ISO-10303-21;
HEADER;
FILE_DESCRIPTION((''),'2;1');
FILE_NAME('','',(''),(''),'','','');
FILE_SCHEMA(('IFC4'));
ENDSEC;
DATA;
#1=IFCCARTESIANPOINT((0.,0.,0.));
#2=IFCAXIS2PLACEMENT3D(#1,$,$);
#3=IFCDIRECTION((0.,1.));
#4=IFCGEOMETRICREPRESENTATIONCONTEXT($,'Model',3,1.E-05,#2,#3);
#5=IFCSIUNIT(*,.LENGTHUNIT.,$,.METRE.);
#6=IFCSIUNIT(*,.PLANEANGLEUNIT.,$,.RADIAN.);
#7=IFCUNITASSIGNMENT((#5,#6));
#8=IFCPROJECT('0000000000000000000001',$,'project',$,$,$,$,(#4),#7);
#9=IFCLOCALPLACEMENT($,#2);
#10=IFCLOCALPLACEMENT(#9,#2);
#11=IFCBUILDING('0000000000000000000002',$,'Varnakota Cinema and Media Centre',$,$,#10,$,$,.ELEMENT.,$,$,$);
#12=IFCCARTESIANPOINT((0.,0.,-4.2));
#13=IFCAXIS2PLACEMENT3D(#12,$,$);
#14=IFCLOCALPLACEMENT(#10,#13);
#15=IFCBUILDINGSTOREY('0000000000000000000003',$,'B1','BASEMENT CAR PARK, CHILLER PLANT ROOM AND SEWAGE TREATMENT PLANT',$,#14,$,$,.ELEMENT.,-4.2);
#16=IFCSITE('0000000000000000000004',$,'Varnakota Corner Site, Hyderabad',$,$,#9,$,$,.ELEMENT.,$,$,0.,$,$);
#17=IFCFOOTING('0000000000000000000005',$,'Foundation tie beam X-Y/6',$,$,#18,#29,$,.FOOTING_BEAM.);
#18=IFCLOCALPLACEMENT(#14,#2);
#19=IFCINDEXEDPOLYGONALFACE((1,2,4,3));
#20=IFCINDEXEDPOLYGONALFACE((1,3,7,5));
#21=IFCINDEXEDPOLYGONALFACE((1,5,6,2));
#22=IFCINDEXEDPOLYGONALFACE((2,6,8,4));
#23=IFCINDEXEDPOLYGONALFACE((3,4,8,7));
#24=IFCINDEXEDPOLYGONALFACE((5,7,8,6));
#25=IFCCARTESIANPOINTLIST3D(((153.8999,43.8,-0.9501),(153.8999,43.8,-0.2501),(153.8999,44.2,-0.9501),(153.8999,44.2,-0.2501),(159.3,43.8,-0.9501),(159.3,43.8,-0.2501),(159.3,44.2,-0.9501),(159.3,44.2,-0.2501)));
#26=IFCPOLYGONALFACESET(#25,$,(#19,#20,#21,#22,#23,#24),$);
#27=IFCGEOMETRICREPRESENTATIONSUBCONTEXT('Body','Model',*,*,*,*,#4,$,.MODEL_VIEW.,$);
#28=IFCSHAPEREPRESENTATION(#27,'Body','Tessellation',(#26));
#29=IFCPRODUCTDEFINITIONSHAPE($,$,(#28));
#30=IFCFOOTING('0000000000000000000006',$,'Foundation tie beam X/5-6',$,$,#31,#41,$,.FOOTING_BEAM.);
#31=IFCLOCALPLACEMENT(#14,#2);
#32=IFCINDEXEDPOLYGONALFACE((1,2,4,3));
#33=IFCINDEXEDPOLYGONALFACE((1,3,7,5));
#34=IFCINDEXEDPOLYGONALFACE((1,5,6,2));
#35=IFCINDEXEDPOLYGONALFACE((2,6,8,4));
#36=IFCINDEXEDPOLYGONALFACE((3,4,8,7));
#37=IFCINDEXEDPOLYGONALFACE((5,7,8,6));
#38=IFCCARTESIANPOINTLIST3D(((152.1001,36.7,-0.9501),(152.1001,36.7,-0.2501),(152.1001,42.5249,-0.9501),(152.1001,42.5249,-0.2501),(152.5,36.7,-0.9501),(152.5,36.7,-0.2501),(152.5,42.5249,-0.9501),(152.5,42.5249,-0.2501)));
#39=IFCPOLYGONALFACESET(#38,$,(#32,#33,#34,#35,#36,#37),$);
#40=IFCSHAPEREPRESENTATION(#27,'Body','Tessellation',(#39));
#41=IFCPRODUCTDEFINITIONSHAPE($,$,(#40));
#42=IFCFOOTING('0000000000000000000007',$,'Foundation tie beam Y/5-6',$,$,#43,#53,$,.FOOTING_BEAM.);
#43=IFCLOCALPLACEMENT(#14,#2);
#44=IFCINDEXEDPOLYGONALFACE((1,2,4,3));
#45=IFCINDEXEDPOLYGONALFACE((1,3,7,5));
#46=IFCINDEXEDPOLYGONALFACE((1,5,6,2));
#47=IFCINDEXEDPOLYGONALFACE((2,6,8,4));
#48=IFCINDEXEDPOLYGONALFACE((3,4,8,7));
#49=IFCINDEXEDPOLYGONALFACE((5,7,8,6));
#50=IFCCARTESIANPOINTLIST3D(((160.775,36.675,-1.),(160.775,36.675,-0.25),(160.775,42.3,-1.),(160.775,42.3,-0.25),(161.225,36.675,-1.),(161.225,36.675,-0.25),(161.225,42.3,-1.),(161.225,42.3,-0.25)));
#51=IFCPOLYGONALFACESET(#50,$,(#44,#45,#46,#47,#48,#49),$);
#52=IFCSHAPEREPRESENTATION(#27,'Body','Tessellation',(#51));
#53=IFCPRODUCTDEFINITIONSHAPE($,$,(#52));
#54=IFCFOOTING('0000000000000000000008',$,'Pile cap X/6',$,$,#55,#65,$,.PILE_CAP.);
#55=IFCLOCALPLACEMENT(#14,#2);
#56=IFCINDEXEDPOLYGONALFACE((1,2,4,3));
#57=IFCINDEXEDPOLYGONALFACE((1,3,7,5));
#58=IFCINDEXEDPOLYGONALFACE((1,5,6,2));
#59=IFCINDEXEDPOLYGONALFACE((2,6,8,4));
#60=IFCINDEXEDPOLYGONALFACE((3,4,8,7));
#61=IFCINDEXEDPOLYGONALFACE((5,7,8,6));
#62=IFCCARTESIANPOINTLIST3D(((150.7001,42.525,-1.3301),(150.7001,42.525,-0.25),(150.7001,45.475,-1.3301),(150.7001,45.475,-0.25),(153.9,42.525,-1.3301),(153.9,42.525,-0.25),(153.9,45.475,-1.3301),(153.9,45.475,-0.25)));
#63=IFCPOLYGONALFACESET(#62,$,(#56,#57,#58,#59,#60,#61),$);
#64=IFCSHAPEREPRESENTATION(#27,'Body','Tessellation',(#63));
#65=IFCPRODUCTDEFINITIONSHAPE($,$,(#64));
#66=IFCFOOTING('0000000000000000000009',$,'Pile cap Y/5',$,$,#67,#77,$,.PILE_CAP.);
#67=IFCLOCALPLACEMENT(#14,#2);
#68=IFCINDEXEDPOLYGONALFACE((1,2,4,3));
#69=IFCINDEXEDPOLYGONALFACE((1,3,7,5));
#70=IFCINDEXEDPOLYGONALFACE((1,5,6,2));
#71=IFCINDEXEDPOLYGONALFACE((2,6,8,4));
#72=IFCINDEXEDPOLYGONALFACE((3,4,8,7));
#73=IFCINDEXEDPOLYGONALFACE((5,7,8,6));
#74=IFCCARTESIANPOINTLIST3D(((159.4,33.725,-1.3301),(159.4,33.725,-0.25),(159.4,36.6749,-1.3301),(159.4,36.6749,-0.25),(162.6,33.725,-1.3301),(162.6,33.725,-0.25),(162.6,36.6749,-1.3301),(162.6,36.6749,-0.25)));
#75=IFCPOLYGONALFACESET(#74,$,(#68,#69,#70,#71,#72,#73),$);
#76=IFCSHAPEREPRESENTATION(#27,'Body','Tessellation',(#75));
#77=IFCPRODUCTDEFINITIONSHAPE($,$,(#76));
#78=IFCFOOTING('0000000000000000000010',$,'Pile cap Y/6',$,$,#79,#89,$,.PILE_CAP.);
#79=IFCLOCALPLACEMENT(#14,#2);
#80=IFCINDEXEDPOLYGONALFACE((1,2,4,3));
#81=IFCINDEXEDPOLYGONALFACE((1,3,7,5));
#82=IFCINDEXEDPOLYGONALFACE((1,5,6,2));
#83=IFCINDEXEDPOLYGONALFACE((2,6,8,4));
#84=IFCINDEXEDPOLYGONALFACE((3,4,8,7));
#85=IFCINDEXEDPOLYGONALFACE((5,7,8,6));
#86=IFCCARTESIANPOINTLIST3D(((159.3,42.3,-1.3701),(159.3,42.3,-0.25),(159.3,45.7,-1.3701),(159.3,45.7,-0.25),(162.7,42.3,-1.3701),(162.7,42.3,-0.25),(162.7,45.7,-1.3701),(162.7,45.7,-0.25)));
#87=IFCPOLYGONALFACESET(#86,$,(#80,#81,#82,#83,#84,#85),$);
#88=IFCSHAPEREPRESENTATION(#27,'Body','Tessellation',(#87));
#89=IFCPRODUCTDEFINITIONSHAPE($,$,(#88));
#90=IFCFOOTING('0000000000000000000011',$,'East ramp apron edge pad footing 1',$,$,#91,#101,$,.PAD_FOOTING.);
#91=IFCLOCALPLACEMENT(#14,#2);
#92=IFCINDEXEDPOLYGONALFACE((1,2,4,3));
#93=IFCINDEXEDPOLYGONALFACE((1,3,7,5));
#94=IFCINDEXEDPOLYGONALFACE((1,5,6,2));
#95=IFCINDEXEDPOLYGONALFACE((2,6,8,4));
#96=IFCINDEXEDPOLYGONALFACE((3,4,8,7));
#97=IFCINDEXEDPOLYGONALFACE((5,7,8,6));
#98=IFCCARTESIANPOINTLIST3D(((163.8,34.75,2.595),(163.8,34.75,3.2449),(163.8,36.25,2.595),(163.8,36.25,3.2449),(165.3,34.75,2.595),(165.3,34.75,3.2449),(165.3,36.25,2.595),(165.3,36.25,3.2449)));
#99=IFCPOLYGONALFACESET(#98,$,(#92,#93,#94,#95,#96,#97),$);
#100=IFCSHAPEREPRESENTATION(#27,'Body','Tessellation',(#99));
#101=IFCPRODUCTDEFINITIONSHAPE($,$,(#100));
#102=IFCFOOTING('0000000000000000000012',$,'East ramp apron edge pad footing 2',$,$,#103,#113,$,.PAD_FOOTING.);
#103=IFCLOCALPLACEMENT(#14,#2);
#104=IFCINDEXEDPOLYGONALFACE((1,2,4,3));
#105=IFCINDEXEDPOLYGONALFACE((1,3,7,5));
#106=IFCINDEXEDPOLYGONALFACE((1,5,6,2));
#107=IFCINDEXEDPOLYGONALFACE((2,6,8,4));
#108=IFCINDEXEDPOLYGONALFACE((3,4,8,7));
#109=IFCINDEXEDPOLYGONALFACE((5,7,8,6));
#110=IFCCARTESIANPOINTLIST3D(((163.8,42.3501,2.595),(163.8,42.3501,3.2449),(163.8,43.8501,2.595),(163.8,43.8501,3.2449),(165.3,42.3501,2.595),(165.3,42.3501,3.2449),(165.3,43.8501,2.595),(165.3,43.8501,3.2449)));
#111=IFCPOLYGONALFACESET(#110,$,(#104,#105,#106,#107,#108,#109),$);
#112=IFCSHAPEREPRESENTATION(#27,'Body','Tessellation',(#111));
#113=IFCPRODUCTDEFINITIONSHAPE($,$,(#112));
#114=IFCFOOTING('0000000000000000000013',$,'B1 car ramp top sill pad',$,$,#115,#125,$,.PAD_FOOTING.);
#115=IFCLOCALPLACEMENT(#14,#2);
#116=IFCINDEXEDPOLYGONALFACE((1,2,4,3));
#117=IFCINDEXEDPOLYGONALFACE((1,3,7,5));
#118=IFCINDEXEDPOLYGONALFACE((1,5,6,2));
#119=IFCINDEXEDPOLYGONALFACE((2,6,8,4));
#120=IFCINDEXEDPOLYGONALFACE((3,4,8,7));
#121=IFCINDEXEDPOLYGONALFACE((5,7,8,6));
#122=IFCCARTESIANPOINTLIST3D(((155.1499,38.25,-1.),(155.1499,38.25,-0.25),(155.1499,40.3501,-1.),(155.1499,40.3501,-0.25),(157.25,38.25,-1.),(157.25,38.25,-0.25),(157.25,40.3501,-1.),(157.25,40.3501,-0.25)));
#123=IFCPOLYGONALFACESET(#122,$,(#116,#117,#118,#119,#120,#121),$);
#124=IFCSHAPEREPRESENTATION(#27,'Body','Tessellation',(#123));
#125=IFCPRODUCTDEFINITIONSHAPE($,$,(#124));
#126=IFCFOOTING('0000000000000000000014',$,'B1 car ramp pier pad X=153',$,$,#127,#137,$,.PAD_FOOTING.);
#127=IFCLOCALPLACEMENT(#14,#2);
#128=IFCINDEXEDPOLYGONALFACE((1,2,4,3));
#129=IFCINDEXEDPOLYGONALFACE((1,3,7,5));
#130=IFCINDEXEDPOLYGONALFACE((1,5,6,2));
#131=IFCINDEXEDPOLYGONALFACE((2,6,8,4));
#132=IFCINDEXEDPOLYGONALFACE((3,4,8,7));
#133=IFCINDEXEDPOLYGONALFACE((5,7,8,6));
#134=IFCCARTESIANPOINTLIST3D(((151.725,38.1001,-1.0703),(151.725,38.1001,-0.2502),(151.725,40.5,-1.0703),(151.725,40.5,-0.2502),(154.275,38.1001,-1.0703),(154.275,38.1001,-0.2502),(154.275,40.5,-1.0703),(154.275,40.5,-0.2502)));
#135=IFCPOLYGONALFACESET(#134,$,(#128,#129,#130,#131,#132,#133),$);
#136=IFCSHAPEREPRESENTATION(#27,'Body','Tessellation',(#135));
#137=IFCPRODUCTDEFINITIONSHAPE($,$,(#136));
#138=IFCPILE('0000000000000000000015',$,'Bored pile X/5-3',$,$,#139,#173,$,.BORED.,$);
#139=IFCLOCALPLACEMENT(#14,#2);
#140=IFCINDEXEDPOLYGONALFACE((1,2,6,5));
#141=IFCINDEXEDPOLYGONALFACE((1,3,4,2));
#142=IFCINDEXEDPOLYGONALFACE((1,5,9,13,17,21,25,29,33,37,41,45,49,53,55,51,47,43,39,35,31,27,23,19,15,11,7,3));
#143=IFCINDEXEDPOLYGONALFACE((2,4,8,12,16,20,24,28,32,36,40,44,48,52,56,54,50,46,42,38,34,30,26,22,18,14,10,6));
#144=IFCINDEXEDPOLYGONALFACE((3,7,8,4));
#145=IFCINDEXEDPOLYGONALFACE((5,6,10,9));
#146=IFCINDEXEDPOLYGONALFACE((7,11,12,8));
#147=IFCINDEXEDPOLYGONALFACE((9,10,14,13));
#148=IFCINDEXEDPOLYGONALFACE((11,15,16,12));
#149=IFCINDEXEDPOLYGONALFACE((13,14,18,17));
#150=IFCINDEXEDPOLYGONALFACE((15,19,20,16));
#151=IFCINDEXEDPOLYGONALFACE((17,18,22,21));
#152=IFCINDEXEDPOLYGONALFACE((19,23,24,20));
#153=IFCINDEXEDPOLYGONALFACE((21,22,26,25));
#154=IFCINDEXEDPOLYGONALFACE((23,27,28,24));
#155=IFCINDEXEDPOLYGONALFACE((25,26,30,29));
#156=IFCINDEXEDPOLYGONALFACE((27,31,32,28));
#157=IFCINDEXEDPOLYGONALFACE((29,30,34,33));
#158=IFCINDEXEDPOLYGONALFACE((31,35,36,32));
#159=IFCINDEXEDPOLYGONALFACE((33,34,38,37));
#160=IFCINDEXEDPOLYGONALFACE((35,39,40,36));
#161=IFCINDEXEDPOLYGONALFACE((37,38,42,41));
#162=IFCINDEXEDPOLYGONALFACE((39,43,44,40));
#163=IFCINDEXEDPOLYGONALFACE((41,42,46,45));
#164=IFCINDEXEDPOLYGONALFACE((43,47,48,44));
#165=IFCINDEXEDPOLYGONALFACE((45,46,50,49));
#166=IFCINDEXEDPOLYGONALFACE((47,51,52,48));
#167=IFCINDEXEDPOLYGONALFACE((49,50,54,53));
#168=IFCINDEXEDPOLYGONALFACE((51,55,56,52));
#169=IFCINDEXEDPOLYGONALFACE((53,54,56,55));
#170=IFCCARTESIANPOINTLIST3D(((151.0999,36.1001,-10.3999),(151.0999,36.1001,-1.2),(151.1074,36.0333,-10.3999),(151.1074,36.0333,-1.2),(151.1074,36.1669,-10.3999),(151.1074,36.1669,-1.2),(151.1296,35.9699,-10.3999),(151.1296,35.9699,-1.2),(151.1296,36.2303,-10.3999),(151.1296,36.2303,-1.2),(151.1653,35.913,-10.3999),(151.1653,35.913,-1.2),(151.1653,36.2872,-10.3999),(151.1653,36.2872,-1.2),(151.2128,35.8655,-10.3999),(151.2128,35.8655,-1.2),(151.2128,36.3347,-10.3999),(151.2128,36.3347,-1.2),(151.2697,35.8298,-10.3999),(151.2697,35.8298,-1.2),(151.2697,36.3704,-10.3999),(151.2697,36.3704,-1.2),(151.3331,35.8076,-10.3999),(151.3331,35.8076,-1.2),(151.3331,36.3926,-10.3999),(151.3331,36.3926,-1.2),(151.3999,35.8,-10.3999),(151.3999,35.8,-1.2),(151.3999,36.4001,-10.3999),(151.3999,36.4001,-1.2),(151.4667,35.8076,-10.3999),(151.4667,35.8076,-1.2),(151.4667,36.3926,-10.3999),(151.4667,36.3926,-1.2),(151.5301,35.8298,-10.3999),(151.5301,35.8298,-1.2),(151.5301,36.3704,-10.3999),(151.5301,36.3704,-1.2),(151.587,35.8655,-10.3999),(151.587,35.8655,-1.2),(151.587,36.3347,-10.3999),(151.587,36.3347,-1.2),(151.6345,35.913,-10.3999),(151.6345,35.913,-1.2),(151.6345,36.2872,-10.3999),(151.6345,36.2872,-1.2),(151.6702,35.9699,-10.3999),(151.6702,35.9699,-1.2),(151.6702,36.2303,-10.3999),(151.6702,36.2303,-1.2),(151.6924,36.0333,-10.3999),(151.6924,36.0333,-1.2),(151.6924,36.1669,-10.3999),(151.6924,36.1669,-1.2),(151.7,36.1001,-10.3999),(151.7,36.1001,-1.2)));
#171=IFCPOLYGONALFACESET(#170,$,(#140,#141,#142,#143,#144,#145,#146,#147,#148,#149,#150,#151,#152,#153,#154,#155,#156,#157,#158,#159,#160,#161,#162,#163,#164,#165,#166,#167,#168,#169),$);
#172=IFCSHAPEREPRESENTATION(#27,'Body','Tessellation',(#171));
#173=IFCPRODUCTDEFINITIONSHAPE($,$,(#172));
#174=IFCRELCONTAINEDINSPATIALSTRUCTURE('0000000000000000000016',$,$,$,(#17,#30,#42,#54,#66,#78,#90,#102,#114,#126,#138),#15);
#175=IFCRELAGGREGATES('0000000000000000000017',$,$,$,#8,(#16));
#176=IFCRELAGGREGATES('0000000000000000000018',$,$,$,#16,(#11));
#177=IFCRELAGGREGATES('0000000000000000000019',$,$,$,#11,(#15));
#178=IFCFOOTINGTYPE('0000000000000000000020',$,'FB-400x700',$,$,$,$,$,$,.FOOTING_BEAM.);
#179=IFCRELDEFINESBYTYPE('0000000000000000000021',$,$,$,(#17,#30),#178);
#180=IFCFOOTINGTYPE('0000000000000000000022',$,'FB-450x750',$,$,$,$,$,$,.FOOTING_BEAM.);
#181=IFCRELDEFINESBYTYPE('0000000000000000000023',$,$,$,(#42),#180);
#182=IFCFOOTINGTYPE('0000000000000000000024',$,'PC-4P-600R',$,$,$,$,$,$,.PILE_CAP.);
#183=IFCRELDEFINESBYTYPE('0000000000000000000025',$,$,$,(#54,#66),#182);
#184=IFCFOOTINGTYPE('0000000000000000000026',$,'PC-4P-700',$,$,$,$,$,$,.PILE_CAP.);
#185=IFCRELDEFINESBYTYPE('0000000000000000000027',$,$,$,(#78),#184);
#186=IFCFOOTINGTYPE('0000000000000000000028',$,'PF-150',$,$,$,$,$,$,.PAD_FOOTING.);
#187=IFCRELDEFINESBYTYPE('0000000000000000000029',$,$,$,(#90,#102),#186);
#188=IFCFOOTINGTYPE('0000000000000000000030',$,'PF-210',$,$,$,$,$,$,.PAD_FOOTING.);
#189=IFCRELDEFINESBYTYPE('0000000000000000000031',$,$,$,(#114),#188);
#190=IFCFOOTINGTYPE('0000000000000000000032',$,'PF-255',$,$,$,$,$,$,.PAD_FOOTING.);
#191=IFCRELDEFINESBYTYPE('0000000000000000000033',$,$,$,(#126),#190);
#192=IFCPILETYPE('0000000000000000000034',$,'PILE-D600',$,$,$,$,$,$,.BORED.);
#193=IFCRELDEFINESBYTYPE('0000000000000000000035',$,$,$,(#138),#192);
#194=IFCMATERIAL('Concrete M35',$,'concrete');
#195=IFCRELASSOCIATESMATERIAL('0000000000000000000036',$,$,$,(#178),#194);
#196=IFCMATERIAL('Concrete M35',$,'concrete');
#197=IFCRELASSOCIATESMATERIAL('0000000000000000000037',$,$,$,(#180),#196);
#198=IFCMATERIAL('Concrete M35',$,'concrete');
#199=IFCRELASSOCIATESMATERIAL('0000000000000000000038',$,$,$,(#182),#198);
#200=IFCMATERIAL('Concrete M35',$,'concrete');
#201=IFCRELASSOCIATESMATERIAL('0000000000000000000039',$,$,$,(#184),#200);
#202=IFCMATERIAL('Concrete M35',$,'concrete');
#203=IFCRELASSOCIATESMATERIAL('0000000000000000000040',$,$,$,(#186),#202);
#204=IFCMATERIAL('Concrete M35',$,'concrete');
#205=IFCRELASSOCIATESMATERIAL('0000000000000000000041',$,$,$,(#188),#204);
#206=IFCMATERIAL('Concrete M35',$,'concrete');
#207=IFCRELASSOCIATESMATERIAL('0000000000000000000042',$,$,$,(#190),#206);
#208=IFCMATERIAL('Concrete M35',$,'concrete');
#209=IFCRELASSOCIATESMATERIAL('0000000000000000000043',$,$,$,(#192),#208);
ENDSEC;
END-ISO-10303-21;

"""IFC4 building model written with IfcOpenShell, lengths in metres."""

from ifc_helpers import new_model, si_unit, direction, frame, origin, origin_2d, place, context, subcontext, project, spatial, rectangle, circle, extrude, material, material_profile, profile_set, type_object, element, save


model = new_model("IFC4")

# Units and contexts
model_context = context("Model", 3, precision=1e-05, world=origin(), true_north=direction((0.0, 1.0)))
body_context = subcontext(model_context, "Body", "Model", "MODEL_VIEW")
ifc_project = project(units=[si_unit("LENGTHUNIT", "METRE"), si_unit("PLANEANGLEUNIT", "RADIAN")], contexts=[model_context])

# Site, building, storey
site_placement = place(None, origin())
site = spatial("IfcSite", under=ifc_project, at=site_placement, Name="Varnakota Corner Site, Hyderabad", CompositionType="ELEMENT", RefElevation=0.0)
building_placement = place(site_placement, origin())
building = spatial("IfcBuilding", under=site, at=building_placement, Name="Varnakota Cinema and Media Centre", CompositionType="ELEMENT")
storey_placement = place(building_placement, frame((0.0, 0.0, -4.2)))
storey = spatial("IfcBuildingStorey", under=building, at=storey_placement, Name="B1", Description="BASEMENT CAR PARK, CHILLER PLANT ROOM AND SEWAGE TREATMENT PLANT", CompositionType="ELEMENT", Elevation=-4.2)

# Footings
ifc_material_1 = material(Name="Concrete M35", Category="concrete")
ifc_material_profile_1 = material_profile(ifc_material_1, rectangle(XDim=0.3999, YDim=0.7, at=origin_2d()), Name="FB 400x700")
ifc_profile_set_1 = profile_set([ifc_material_profile_1], Name="Concrete M35")
footing_type_1 = type_object("IfcFootingType", Name="FB-400x700", PredefinedType="FOOTING_BEAM", material=ifc_profile_set_1)
footing_1_placement = place(storey_placement, frame((153.8999, 44.0, -0.6001), z_axis=(1.0, 0.0, 0.0), x_axis=(0.0, 1.0, 0.0)))
element("IfcFooting", 1, at=footing_1_placement, inside=storey, type_object=footing_type_1, Name="Foundation tie beam X-Y/6", PredefinedType="FOOTING_BEAM", context=body_context, shape_type="SweptSolid", body=[
    extrude(rectangle(XDim=0.3999, YDim=0.7, at=origin_2d()), origin(), (0.0, 0.0, 1.0), 5.4001),
])
footing_2_placement = place(storey_placement, frame((152.3, 36.7, -0.6001), z_axis=(0.0, 1.0, 0.0), x_axis=(-1.0, 0.0, 0.0)))
element("IfcFooting", 2, at=footing_2_placement, inside=storey, type_object=footing_type_1, Name="Foundation tie beam X/5-6", PredefinedType="FOOTING_BEAM", context=body_context, shape_type="SweptSolid", body=[
    extrude(rectangle(XDim=0.3999, YDim=0.7, at=origin_2d()), origin(), (0.0, 0.0, 1.0), 5.825),
])
ifc_material_2 = material(Name="Concrete M35", Category="concrete")
ifc_material_profile_2 = material_profile(ifc_material_2, rectangle(XDim=0.45, YDim=0.75, at=origin_2d()), Name="FB 450x750")
ifc_profile_set_2 = profile_set([ifc_material_profile_2], Name="Concrete M35")
footing_type_2 = type_object("IfcFootingType", Name="FB-450x750", PredefinedType="FOOTING_BEAM", material=ifc_profile_set_2)
footing_3_placement = place(storey_placement, frame((161.0, 36.675, -0.625), z_axis=(0.0, 1.0, 0.0), x_axis=(-1.0, 0.0, 0.0)))
element("IfcFooting", 3, at=footing_3_placement, inside=storey, type_object=footing_type_2, Name="Foundation tie beam Y/5-6", PredefinedType="FOOTING_BEAM", context=body_context, shape_type="SweptSolid", body=[
    extrude(rectangle(XDim=0.45, YDim=0.75, at=origin_2d()), origin(), (0.0, 0.0, 1.0), 5.625),
])
ifc_material_3 = material(Name="Concrete M35", Category="concrete")
footing_type_3 = type_object("IfcFootingType", Name="PC-4P-600R", PredefinedType="PILE_CAP", material=ifc_material_3)
for number, where, z_axis, x_axis, name in (
    (4, (152.3, 44.0, -1.3301), (0.0, 0.0, 1.0), (1.0, 0.0, 0.0), "Pile cap X/6"),
    (5, (161.0, 35.2, -1.3301), (0.0, 0.0, 1.0), (1.0, 0.0, 0.0), "Pile cap Y/5"),
):
    element("IfcFooting", number, at=place(storey_placement, frame(where, z_axis=z_axis, x_axis=x_axis)), inside=storey, type_object=footing_type_3, Name=name, PredefinedType="PILE_CAP", context=body_context, shape_type="SweptSolid", body=[
        extrude(rectangle(XDim=3.2, YDim=2.95, at=origin_2d()), origin(), (0.0, 0.0, 1.0), 1.0801),
    ])
ifc_material_4 = material(Name="Concrete M35", Category="concrete")
footing_type_4 = type_object("IfcFootingType", Name="PC-4P-700", PredefinedType="PILE_CAP", material=ifc_material_4)
footing_4_placement = place(storey_placement, frame((161.0, 44.0, -1.3701), z_axis=(0.0, 0.0, 1.0), x_axis=(1.0, 0.0, 0.0)))
element("IfcFooting", 6, at=footing_4_placement, inside=storey, type_object=footing_type_4, Name="Pile cap Y/6", PredefinedType="PILE_CAP", context=body_context, shape_type="SweptSolid", body=[
    extrude(rectangle(XDim=3.3999, YDim=3.3999, at=origin_2d()), origin(), (0.0, 0.0, 1.0), 1.1201),
])
ifc_material_5 = material(Name="Concrete M35", Category="concrete")
footing_type_5 = type_object("IfcFootingType", Name="PF-150", PredefinedType="PAD_FOOTING", material=ifc_material_5)
for number, where, z_axis, x_axis, name in (
    (7, (164.55, 35.5, 2.595), (0.0, 0.0, 1.0), (1.0, 0.0, 0.0), "East ramp apron edge pad footing 1"),
    (8, (164.55, 43.1001, 2.595), (0.0, 0.0, 1.0), (1.0, 0.0, 0.0), "East ramp apron edge pad footing 2"),
):
    element("IfcFooting", number, at=place(storey_placement, frame(where, z_axis=z_axis, x_axis=x_axis)), inside=storey, type_object=footing_type_5, Name=name, PredefinedType="PAD_FOOTING", context=body_context, shape_type="SweptSolid", body=[
        extrude(rectangle(XDim=1.5, YDim=1.5, at=origin_2d()), origin(), (0.0, 0.0, 1.0), 0.6499),
    ])
ifc_material_6 = material(Name="Concrete M35", Category="concrete")
footing_type_6 = type_object("IfcFootingType", Name="PF-210", PredefinedType="PAD_FOOTING", material=ifc_material_6)
footing_5_placement = place(storey_placement, frame((156.2, 39.3, -1.0), z_axis=(0.0, 0.0, 1.0), x_axis=(1.0, 0.0, 0.0)))
element("IfcFooting", 9, at=footing_5_placement, inside=storey, type_object=footing_type_6, Name="B1 car ramp top sill pad", PredefinedType="PAD_FOOTING", context=body_context, shape_type="SweptSolid", body=[
    extrude(rectangle(XDim=2.1001, YDim=2.1001, at=origin_2d()), origin(), (0.0, 0.0, 1.0), 0.75),
])
ifc_material_7 = material(Name="Concrete M35", Category="concrete")
footing_type_7 = type_object("IfcFootingType", Name="PF-255", PredefinedType="PAD_FOOTING", material=ifc_material_7)
footing_6_placement = place(storey_placement, frame((153.0, 39.3, -1.0703), z_axis=(0.0, 0.0, 1.0), x_axis=(1.0, 0.0, 0.0)))
element("IfcFooting", 10, at=footing_6_placement, inside=storey, type_object=footing_type_7, Name="B1 car ramp pier pad X=153", PredefinedType="PAD_FOOTING", context=body_context, shape_type="SweptSolid", body=[
    extrude(rectangle(XDim=2.55, YDim=2.3999, at=origin_2d()), origin(), (0.0, 0.0, 1.0), 0.8201),
])

# Pile
ifc_material_8 = material(Name="Concrete M35", Category="concrete")
ifc_material_profile_3 = material_profile(ifc_material_8, circle(Radius=0.3, at=origin_2d()), Name="PILE D600")
ifc_profile_set_3 = profile_set([ifc_material_profile_3], Name="Concrete M35")
pile_type_1 = type_object("IfcPileType", Name="PILE-D600", PredefinedType="BORED", material=ifc_profile_set_3)
for number, where, z_axis, x_axis, name in (
    (11, (151.3999, 36.1001, -1.2), (0.0, 0.0, -1.0), (1.0, 0.0, 0.0), "Bored pile X/5-3"),
):
    element("IfcPile", number, at=place(storey_placement, frame(where, z_axis=z_axis, x_axis=x_axis)), inside=storey, type_object=pile_type_1, Name=name, PredefinedType="BORED", context=body_context, shape_type="SweptSolid", body=[
        extrude(circle(Radius=0.3, at=origin_2d()), origin(), (0.0, 0.0, 1.0), 9.2),
    ])

save(model, "model.ifc")
